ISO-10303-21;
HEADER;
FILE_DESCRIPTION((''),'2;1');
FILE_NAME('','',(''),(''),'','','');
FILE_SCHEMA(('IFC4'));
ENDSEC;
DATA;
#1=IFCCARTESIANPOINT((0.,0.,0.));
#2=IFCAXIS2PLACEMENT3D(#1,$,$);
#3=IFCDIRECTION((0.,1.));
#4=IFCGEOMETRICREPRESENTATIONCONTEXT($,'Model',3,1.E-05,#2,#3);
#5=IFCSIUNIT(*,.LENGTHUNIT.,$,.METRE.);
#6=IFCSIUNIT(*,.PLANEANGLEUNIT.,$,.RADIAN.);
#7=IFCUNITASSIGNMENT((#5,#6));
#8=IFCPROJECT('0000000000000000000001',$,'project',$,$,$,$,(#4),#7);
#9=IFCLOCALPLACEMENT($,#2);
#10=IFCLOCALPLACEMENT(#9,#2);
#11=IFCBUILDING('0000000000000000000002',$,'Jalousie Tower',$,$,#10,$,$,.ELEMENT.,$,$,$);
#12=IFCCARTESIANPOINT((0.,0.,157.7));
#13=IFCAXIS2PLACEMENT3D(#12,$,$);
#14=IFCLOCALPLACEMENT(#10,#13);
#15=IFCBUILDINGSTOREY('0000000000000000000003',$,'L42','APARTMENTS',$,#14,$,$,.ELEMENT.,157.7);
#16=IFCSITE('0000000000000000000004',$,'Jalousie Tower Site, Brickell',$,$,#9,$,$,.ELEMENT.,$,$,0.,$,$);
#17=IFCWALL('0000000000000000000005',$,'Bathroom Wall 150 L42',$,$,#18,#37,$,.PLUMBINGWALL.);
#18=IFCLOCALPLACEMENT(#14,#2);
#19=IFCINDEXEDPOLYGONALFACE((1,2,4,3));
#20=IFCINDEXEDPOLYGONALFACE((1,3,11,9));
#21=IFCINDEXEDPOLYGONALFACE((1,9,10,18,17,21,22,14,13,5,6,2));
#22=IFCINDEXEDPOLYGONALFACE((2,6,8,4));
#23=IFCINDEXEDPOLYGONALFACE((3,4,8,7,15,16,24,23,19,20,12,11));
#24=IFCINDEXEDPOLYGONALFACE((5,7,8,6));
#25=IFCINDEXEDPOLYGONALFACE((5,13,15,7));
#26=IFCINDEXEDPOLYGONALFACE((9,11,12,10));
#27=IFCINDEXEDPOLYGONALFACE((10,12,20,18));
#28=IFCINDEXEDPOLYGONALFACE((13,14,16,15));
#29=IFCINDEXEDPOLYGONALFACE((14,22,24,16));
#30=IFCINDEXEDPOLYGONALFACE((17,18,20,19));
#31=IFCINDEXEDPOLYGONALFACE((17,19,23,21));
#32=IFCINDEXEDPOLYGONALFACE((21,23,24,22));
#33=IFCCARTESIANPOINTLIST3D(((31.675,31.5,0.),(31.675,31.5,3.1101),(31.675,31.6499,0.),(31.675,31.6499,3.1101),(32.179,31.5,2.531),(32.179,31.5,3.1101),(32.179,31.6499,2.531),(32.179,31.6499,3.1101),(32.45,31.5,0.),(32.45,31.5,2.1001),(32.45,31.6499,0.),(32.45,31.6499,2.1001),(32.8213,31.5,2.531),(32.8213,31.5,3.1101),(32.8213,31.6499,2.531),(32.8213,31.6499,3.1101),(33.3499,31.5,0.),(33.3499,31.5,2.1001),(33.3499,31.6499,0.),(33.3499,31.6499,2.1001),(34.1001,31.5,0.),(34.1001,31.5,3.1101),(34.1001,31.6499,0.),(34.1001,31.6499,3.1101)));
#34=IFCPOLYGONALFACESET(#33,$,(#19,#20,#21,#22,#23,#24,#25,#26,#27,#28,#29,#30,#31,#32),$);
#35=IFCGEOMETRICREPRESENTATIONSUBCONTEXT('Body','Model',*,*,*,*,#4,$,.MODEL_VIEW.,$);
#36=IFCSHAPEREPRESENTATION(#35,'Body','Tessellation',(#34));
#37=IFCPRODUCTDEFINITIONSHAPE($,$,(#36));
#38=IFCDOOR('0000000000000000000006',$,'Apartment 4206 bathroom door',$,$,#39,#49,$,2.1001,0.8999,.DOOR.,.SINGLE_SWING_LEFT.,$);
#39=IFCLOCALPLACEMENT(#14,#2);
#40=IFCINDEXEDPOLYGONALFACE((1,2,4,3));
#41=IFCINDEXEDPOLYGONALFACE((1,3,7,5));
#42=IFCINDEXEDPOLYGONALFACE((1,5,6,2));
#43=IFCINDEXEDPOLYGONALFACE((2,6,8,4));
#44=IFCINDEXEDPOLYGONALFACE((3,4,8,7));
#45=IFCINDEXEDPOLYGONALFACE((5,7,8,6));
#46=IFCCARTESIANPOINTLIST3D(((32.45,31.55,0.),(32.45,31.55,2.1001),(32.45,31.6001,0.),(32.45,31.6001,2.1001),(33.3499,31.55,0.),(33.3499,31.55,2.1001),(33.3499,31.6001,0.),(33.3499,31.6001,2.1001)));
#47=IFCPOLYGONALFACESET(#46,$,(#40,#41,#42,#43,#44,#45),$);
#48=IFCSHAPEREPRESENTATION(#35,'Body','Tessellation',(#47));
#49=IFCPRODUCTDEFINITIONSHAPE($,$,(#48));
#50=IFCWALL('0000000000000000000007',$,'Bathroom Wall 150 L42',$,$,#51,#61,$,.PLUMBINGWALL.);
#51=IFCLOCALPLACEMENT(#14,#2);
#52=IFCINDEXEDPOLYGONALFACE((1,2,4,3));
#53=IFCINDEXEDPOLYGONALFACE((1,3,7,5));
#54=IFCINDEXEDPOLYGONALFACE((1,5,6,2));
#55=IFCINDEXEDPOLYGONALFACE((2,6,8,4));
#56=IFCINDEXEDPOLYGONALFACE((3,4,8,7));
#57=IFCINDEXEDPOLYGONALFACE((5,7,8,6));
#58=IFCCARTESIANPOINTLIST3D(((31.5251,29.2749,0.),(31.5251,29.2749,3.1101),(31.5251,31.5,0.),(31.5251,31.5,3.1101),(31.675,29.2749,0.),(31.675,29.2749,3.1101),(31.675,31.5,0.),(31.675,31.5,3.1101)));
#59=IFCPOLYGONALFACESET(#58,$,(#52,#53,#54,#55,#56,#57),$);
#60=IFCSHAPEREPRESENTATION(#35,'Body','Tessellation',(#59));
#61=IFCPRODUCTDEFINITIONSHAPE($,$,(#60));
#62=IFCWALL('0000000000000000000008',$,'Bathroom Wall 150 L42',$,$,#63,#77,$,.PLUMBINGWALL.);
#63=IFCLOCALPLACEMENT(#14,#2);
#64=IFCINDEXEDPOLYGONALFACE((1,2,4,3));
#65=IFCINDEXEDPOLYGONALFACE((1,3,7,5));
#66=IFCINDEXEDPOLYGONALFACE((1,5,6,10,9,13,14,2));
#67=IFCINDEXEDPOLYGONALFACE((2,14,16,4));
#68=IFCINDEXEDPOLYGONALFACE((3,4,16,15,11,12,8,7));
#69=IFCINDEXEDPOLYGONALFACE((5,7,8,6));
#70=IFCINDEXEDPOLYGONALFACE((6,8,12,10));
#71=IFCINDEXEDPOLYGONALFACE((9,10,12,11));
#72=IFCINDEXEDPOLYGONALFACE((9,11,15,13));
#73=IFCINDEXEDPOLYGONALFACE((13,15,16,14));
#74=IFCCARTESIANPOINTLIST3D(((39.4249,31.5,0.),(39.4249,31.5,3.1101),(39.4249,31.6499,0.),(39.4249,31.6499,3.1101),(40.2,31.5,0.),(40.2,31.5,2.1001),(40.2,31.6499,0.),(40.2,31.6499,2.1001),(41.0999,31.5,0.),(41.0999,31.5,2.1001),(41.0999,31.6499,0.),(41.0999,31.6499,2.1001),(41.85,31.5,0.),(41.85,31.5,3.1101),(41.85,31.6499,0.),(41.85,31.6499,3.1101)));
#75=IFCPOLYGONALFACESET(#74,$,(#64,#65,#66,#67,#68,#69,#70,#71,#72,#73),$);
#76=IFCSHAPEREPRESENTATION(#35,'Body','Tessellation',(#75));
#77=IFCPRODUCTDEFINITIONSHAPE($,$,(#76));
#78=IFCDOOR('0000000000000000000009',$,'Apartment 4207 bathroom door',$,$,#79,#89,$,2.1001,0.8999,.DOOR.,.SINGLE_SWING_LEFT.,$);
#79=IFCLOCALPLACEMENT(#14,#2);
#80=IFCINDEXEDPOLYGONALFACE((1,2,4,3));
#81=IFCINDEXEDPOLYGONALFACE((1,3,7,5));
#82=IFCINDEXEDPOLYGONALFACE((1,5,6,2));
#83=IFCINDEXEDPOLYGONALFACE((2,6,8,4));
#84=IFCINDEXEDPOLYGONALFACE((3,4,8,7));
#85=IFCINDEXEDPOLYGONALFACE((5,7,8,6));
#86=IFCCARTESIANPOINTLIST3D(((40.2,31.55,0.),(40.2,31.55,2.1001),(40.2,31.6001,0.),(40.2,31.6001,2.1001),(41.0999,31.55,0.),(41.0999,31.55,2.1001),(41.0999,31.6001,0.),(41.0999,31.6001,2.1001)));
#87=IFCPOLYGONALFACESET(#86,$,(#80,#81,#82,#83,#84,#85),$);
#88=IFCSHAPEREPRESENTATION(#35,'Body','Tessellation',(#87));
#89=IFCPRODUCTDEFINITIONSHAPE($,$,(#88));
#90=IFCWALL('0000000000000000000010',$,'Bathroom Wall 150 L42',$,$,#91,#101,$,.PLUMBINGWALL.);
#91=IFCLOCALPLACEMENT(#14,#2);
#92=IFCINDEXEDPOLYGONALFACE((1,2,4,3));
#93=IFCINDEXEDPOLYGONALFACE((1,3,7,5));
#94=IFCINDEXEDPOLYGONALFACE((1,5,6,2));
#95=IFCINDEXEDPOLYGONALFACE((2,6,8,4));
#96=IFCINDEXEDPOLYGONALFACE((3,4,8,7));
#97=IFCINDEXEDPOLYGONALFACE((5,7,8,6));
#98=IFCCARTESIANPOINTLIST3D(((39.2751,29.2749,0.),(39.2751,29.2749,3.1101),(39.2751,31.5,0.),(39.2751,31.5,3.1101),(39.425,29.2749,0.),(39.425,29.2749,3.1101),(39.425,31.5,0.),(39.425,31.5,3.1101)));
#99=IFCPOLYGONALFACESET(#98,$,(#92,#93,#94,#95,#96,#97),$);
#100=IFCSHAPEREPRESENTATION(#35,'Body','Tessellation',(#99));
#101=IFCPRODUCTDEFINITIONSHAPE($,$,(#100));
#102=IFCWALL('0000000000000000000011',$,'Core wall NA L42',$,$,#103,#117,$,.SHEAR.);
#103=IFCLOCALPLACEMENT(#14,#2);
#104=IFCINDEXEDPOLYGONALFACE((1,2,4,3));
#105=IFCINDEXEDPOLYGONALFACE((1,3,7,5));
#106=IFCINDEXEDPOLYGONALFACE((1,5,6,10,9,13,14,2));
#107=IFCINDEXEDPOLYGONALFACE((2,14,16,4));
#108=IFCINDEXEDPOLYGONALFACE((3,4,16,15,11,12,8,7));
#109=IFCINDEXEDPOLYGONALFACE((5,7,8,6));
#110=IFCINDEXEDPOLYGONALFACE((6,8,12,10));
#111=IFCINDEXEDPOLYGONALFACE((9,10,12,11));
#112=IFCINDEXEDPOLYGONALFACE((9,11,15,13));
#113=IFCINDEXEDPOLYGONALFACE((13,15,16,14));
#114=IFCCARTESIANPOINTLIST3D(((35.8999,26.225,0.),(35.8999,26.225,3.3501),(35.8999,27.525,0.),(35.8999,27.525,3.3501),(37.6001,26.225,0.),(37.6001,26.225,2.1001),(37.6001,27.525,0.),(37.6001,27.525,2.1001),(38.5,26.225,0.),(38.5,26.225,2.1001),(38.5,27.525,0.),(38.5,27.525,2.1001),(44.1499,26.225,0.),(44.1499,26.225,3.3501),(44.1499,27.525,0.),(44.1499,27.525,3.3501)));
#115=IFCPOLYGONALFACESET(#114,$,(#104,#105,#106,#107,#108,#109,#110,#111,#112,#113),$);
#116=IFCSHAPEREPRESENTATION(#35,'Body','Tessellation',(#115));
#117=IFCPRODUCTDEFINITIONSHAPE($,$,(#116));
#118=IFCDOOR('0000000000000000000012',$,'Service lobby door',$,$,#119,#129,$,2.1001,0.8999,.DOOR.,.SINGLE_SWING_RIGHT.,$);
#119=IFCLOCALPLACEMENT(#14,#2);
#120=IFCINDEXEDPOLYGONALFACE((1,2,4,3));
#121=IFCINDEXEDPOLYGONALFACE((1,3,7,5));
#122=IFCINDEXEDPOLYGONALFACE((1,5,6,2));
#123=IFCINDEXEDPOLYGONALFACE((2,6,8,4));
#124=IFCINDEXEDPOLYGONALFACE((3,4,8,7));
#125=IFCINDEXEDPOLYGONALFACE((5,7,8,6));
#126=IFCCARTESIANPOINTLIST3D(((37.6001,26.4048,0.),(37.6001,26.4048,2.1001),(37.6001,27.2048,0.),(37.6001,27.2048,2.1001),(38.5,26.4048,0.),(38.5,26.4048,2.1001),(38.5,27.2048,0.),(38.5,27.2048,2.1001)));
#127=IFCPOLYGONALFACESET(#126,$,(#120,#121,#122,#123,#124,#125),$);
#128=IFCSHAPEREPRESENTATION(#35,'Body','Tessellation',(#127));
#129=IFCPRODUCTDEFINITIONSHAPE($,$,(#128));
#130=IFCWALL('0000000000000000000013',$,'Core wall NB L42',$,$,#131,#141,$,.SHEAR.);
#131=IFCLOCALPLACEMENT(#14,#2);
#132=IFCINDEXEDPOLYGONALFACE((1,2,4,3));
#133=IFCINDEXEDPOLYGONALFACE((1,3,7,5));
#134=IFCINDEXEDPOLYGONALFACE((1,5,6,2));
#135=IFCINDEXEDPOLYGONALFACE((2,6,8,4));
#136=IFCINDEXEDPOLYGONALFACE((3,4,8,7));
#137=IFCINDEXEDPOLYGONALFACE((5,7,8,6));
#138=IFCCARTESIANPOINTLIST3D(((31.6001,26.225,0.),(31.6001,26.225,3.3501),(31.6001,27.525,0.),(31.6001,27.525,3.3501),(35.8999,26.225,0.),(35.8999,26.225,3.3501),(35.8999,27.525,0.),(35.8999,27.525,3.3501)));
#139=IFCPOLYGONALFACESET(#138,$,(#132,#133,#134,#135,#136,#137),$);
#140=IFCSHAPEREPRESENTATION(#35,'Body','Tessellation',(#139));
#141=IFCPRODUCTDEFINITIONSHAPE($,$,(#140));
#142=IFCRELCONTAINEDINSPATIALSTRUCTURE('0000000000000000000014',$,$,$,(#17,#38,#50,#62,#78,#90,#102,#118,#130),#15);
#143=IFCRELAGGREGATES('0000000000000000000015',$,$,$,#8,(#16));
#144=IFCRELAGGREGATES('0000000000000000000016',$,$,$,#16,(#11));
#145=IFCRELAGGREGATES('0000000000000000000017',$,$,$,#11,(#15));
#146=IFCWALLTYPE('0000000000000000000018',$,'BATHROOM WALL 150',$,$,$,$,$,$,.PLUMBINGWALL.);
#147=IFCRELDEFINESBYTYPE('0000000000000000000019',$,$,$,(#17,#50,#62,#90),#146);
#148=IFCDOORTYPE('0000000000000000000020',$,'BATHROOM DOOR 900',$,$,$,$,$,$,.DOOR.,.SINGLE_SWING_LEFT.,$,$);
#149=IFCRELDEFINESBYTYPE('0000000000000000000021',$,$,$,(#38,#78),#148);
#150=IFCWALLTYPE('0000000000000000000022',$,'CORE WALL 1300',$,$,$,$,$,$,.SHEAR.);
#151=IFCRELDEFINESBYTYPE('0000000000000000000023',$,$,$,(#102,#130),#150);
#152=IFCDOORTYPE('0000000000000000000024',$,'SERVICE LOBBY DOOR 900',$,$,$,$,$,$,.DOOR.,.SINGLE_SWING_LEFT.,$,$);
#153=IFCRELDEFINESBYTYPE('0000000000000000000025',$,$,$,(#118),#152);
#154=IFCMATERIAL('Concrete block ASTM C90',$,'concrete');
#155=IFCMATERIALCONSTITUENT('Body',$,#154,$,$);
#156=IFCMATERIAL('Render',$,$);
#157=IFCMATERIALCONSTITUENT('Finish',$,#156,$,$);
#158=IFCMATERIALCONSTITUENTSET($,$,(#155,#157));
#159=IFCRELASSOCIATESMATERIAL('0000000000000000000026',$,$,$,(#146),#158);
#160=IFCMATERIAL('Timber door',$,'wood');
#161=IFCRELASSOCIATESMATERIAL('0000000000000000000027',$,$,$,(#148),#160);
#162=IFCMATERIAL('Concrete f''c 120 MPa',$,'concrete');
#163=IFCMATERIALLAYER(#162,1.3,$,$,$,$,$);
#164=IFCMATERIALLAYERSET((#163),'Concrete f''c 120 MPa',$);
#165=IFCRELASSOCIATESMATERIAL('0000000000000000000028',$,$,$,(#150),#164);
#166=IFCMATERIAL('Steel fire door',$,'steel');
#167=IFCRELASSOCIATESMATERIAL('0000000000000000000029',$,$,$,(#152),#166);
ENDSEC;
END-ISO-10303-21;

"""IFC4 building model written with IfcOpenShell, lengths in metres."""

from ifc_helpers import new_model, si_unit, direction, frame, frame_2d, origin, place, context, subcontext, project, spatial, polyline, rectangle, outline, extrude, material, layer, layer_set, constituent, constituent_set, type_object, element, fill, save


model = new_model("IFC4")

# Units and contexts
model_context = context("Model", 3, precision=1e-05, world=origin(), true_north=direction((0.0, 1.0)))
body_context = subcontext(model_context, "Body", "Model", "MODEL_VIEW")
ifc_project = project(units=[si_unit("LENGTHUNIT", "METRE"), si_unit("PLANEANGLEUNIT", "RADIAN")], contexts=[model_context])

# Site, building, storey
site_placement = place(None, origin())
site = spatial("IfcSite", under=ifc_project, at=site_placement, Name="Jalousie Tower Site, Brickell", CompositionType="ELEMENT", RefElevation=0.0)
building_placement = place(site_placement, origin())
building = spatial("IfcBuilding", under=site, at=building_placement, Name="Jalousie Tower", CompositionType="ELEMENT")
storey_placement = place(building_placement, frame((0.0, 0.0, 157.7)))
storey = spatial("IfcBuildingStorey", under=building, at=storey_placement, Name="L42", Description="APARTMENTS", CompositionType="ELEMENT", Elevation=157.7)

# Wall, opening, door
ifc_material_1 = material(Name="Concrete block ASTM C90", Category="concrete")
ifc_constituent_1 = constituent(ifc_material_1, Name="Body")
ifc_material_2 = material(Name="Render")
ifc_constituent_2 = constituent(ifc_material_2, Name="Finish")
ifc_constituent_set_1 = constituent_set(constituents=[ifc_constituent_1, ifc_constituent_2])
wall_type_1 = type_object("IfcWallType", Name="BATHROOM WALL 150", PredefinedType="PLUMBINGWALL", material=ifc_constituent_set_1)
wall_1_placement = place(storey_placement, frame((31.675, 31.575, 0.0), z_axis=(0.0, 0.0, 1.0), x_axis=(1.0, 0.0, 0.0)))
wall_1 = element("IfcWall", 1, at=wall_1_placement, inside=storey, type_object=wall_type_1, Name="Bathroom Wall 150 L42", PredefinedType="PLUMBINGWALL", context=body_context, shape_type="SweptSolid", body=[
    extrude(outline(polyline([(0.0, 0.0), (2.425, 0.0), (2.425, 3.1101), (1.1462, 3.1101), (1.1462, 2.531), (0.5039, 2.531), (0.5039, 3.1101), (0.0, 3.1101), (0.0, 0.0)])), frame((0.0, 0.075, 0.0), z_axis=(0.0, -1.0, 0.0), x_axis=(1.0, 0.0, 0.0)), (0.0, 0.0, 1.0), 0.1499),
])
opening_1_placement = place(wall_1_placement, frame((0.7749, 0.0, 0.0)))
opening_1 = element("IfcOpeningElement", 2, at=opening_1_placement, cuts=wall_1, PredefinedType="OPENING", context=body_context, shape_type="SweptSolid", body=[
    extrude(rectangle(XDim=0.8999, YDim=2.1001, at=frame_2d((0.45, 1.05))), frame((0.0, 0.085, 0.0), z_axis=(0.0, -1.0, 0.0), x_axis=(1.0, 0.0, 0.0)), (0.0, 0.0, 1.0), 0.1699),
])
ifc_material_3 = material(Name="Timber door", Category="wood")
door_type_1 = type_object("IfcDoorType", Name="BATHROOM DOOR 900", OperationType="SINGLE_SWING_LEFT", PredefinedType="DOOR", material=ifc_material_3)
door_1_placement = place(opening_1_placement, frame((0.8999, 0.0, 0.0), z_axis=(0.0, 0.0, 1.0), x_axis=(-1.0, 0.0, 0.0)))
door_1 = element("IfcDoor", 3, at=door_1_placement, inside=storey, type_object=door_type_1, Name="Apartment 4206 bathroom door", OperationType="SINGLE_SWING_LEFT", OverallHeight=2.1001, OverallWidth=0.8999, PredefinedType="DOOR", context=body_context, shape_type="SweptSolid", body=[
    extrude(rectangle(XDim=0.8999, YDim=2.1001, at=frame_2d((0.45, 1.05))), frame((0.0, 0.0249, 0.0), z_axis=(0.0, -1.0, 0.0), x_axis=(1.0, 0.0, 0.0)), (0.0, 0.0, 1.0), 0.05),
])
fill(opening_1, door_1)

# Wall
wall_2_placement = place(storey_placement, frame((31.6001, 31.5, 0.0), z_axis=(0.0, 0.0, 1.0), x_axis=(0.0, -1.0, 0.0)))
element("IfcWall", 4, at=wall_2_placement, inside=storey, type_object=wall_type_1, Name="Bathroom Wall 150 L42", PredefinedType="PLUMBINGWALL", context=body_context, shape_type="SweptSolid", body=[
    extrude(rectangle(XDim=2.2251, YDim=0.1499, at=frame_2d((1.1125, 0.0))), origin(), (0.0, 0.0, 1.0), 3.1101),
])

# Wall, opening, door
wall_3_placement = place(storey_placement, frame((39.425, 31.575, 0.0), z_axis=(0.0, 0.0, 1.0), x_axis=(1.0, 0.0, 0.0)))
wall_3 = element("IfcWall", 5, at=wall_3_placement, inside=storey, type_object=wall_type_1, Name="Bathroom Wall 150 L42", PredefinedType="PLUMBINGWALL", context=body_context, shape_type="SweptSolid", body=[
    extrude(rectangle(XDim=2.425, YDim=0.1499, at=frame_2d((1.2124, 0.0))), origin(), (0.0, 0.0, 1.0), 3.1101),
])
opening_2_placement = place(wall_3_placement, frame((0.7749, 0.0, 0.0)))
opening_2 = element("IfcOpeningElement", 6, at=opening_2_placement, cuts=wall_3, PredefinedType="OPENING", context=body_context, shape_type="SweptSolid", body=[
    extrude(rectangle(XDim=0.8999, YDim=2.1001, at=frame_2d((0.45, 1.05))), frame((0.0, 0.085, 0.0), z_axis=(0.0, -1.0, 0.0), x_axis=(1.0, 0.0, 0.0)), (0.0, 0.0, 1.0), 0.1699),
])
door_2_placement = place(opening_2_placement, frame((0.8999, 0.0, 0.0), z_axis=(0.0, 0.0, 1.0), x_axis=(-1.0, 0.0, 0.0)))
door_2 = element("IfcDoor", 7, at=door_2_placement, inside=storey, type_object=door_type_1, Name="Apartment 4207 bathroom door", OperationType="SINGLE_SWING_LEFT", OverallHeight=2.1001, OverallWidth=0.8999, PredefinedType="DOOR", context=body_context, shape_type="SweptSolid", body=[
    extrude(rectangle(XDim=0.8999, YDim=2.1001, at=frame_2d((0.45, 1.05))), frame((0.0, 0.0249, 0.0), z_axis=(0.0, -1.0, 0.0), x_axis=(1.0, 0.0, 0.0)), (0.0, 0.0, 1.0), 0.05),
])
fill(opening_2, door_2)

# Wall
wall_4_placement = place(storey_placement, frame((39.3501, 31.5, 0.0), z_axis=(0.0, 0.0, 1.0), x_axis=(0.0, -1.0, 0.0)))
element("IfcWall", 8, at=wall_4_placement, inside=storey, type_object=wall_type_1, Name="Bathroom Wall 150 L42", PredefinedType="PLUMBINGWALL", context=body_context, shape_type="SweptSolid", body=[
    extrude(rectangle(XDim=2.2251, YDim=0.1499, at=frame_2d((1.1125, 0.0))), origin(), (0.0, 0.0, 1.0), 3.1101),
])

# Wall, opening, door
ifc_material_4 = material(Name="Concrete f'c 120 MPa", Category="concrete")
ifc_layer = layer(ifc_material_4, 1.3)
ifc_layer_set = layer_set([ifc_layer], Name="Concrete f'c 120 MPa")
wall_type_2 = type_object("IfcWallType", Name="CORE WALL 1300", PredefinedType="SHEAR", material=ifc_layer_set)
wall_5_placement = place(storey_placement, frame((44.1499, 26.875, 0.0), z_axis=(0.0, 0.0, 1.0), x_axis=(-1.0, 0.0, 0.0)))
wall_5 = element("IfcWall", 9, at=wall_5_placement, inside=storey, type_object=wall_type_2, Name="Core wall NA L42", PredefinedType="SHEAR", context=body_context, shape_type="SweptSolid", body=[
    extrude(rectangle(XDim=8.25, YDim=1.3, at=frame_2d((4.125, 0.0))), origin(), (0.0, 0.0, 1.0), 3.3501),
])
opening_3_placement = place(wall_5_placement, frame((5.6499, 0.0, 0.0)))
opening_3 = element("IfcOpeningElement", 10, at=opening_3_placement, cuts=wall_5, PredefinedType="OPENING", context=body_context, shape_type="SweptSolid", body=[
    extrude(rectangle(XDim=0.8999, YDim=2.1001, at=frame_2d((0.45, 1.05))), frame((0.0, 0.6599, 0.0), z_axis=(0.0, -1.0, 0.0), x_axis=(1.0, 0.0, 0.0)), (0.0, 0.0, 1.0), 1.3201),
])
ifc_material_5 = material(Name="Steel fire door", Category="steel")
door_type_2 = type_object("IfcDoorType", Name="SERVICE LOBBY DOOR 900", OperationType="SINGLE_SWING_LEFT", PredefinedType="DOOR", material=ifc_material_5)
door_3_placement = place(opening_3_placement, origin())
door_3 = element("IfcDoor", 11, at=door_3_placement, inside=storey, type_object=door_type_2, Name="Service lobby door", OperationType="SINGLE_SWING_RIGHT", OverallHeight=2.1001, OverallWidth=0.8999, PredefinedType="DOOR", context=body_context, shape_type="SweptSolid", body=[
    extrude(rectangle(XDim=0.8999, YDim=2.1001, at=frame_2d((0.45, 1.05))), frame((0.0, 0.4702, 0.0), z_axis=(0.0, -1.0, 0.0), x_axis=(1.0, 0.0, 0.0)), (0.0, 0.0, 1.0), 0.8),
])
fill(opening_3, door_3)

# Wall
wall_6_placement = place(storey_placement, frame((35.8999, 26.875, 0.0), z_axis=(0.0, 0.0, 1.0), x_axis=(-1.0, 0.0, 0.0)))
element("IfcWall", 12, at=wall_6_placement, inside=storey, type_object=wall_type_2, Name="Core wall NB L42", PredefinedType="SHEAR", context=body_context, shape_type="SweptSolid", body=[
    extrude(rectangle(XDim=4.2998, YDim=1.3, at=frame_2d((2.1499, 0.0))), origin(), (0.0, 0.0, 1.0), 3.3501),
])

save(model, "model.ifc")
